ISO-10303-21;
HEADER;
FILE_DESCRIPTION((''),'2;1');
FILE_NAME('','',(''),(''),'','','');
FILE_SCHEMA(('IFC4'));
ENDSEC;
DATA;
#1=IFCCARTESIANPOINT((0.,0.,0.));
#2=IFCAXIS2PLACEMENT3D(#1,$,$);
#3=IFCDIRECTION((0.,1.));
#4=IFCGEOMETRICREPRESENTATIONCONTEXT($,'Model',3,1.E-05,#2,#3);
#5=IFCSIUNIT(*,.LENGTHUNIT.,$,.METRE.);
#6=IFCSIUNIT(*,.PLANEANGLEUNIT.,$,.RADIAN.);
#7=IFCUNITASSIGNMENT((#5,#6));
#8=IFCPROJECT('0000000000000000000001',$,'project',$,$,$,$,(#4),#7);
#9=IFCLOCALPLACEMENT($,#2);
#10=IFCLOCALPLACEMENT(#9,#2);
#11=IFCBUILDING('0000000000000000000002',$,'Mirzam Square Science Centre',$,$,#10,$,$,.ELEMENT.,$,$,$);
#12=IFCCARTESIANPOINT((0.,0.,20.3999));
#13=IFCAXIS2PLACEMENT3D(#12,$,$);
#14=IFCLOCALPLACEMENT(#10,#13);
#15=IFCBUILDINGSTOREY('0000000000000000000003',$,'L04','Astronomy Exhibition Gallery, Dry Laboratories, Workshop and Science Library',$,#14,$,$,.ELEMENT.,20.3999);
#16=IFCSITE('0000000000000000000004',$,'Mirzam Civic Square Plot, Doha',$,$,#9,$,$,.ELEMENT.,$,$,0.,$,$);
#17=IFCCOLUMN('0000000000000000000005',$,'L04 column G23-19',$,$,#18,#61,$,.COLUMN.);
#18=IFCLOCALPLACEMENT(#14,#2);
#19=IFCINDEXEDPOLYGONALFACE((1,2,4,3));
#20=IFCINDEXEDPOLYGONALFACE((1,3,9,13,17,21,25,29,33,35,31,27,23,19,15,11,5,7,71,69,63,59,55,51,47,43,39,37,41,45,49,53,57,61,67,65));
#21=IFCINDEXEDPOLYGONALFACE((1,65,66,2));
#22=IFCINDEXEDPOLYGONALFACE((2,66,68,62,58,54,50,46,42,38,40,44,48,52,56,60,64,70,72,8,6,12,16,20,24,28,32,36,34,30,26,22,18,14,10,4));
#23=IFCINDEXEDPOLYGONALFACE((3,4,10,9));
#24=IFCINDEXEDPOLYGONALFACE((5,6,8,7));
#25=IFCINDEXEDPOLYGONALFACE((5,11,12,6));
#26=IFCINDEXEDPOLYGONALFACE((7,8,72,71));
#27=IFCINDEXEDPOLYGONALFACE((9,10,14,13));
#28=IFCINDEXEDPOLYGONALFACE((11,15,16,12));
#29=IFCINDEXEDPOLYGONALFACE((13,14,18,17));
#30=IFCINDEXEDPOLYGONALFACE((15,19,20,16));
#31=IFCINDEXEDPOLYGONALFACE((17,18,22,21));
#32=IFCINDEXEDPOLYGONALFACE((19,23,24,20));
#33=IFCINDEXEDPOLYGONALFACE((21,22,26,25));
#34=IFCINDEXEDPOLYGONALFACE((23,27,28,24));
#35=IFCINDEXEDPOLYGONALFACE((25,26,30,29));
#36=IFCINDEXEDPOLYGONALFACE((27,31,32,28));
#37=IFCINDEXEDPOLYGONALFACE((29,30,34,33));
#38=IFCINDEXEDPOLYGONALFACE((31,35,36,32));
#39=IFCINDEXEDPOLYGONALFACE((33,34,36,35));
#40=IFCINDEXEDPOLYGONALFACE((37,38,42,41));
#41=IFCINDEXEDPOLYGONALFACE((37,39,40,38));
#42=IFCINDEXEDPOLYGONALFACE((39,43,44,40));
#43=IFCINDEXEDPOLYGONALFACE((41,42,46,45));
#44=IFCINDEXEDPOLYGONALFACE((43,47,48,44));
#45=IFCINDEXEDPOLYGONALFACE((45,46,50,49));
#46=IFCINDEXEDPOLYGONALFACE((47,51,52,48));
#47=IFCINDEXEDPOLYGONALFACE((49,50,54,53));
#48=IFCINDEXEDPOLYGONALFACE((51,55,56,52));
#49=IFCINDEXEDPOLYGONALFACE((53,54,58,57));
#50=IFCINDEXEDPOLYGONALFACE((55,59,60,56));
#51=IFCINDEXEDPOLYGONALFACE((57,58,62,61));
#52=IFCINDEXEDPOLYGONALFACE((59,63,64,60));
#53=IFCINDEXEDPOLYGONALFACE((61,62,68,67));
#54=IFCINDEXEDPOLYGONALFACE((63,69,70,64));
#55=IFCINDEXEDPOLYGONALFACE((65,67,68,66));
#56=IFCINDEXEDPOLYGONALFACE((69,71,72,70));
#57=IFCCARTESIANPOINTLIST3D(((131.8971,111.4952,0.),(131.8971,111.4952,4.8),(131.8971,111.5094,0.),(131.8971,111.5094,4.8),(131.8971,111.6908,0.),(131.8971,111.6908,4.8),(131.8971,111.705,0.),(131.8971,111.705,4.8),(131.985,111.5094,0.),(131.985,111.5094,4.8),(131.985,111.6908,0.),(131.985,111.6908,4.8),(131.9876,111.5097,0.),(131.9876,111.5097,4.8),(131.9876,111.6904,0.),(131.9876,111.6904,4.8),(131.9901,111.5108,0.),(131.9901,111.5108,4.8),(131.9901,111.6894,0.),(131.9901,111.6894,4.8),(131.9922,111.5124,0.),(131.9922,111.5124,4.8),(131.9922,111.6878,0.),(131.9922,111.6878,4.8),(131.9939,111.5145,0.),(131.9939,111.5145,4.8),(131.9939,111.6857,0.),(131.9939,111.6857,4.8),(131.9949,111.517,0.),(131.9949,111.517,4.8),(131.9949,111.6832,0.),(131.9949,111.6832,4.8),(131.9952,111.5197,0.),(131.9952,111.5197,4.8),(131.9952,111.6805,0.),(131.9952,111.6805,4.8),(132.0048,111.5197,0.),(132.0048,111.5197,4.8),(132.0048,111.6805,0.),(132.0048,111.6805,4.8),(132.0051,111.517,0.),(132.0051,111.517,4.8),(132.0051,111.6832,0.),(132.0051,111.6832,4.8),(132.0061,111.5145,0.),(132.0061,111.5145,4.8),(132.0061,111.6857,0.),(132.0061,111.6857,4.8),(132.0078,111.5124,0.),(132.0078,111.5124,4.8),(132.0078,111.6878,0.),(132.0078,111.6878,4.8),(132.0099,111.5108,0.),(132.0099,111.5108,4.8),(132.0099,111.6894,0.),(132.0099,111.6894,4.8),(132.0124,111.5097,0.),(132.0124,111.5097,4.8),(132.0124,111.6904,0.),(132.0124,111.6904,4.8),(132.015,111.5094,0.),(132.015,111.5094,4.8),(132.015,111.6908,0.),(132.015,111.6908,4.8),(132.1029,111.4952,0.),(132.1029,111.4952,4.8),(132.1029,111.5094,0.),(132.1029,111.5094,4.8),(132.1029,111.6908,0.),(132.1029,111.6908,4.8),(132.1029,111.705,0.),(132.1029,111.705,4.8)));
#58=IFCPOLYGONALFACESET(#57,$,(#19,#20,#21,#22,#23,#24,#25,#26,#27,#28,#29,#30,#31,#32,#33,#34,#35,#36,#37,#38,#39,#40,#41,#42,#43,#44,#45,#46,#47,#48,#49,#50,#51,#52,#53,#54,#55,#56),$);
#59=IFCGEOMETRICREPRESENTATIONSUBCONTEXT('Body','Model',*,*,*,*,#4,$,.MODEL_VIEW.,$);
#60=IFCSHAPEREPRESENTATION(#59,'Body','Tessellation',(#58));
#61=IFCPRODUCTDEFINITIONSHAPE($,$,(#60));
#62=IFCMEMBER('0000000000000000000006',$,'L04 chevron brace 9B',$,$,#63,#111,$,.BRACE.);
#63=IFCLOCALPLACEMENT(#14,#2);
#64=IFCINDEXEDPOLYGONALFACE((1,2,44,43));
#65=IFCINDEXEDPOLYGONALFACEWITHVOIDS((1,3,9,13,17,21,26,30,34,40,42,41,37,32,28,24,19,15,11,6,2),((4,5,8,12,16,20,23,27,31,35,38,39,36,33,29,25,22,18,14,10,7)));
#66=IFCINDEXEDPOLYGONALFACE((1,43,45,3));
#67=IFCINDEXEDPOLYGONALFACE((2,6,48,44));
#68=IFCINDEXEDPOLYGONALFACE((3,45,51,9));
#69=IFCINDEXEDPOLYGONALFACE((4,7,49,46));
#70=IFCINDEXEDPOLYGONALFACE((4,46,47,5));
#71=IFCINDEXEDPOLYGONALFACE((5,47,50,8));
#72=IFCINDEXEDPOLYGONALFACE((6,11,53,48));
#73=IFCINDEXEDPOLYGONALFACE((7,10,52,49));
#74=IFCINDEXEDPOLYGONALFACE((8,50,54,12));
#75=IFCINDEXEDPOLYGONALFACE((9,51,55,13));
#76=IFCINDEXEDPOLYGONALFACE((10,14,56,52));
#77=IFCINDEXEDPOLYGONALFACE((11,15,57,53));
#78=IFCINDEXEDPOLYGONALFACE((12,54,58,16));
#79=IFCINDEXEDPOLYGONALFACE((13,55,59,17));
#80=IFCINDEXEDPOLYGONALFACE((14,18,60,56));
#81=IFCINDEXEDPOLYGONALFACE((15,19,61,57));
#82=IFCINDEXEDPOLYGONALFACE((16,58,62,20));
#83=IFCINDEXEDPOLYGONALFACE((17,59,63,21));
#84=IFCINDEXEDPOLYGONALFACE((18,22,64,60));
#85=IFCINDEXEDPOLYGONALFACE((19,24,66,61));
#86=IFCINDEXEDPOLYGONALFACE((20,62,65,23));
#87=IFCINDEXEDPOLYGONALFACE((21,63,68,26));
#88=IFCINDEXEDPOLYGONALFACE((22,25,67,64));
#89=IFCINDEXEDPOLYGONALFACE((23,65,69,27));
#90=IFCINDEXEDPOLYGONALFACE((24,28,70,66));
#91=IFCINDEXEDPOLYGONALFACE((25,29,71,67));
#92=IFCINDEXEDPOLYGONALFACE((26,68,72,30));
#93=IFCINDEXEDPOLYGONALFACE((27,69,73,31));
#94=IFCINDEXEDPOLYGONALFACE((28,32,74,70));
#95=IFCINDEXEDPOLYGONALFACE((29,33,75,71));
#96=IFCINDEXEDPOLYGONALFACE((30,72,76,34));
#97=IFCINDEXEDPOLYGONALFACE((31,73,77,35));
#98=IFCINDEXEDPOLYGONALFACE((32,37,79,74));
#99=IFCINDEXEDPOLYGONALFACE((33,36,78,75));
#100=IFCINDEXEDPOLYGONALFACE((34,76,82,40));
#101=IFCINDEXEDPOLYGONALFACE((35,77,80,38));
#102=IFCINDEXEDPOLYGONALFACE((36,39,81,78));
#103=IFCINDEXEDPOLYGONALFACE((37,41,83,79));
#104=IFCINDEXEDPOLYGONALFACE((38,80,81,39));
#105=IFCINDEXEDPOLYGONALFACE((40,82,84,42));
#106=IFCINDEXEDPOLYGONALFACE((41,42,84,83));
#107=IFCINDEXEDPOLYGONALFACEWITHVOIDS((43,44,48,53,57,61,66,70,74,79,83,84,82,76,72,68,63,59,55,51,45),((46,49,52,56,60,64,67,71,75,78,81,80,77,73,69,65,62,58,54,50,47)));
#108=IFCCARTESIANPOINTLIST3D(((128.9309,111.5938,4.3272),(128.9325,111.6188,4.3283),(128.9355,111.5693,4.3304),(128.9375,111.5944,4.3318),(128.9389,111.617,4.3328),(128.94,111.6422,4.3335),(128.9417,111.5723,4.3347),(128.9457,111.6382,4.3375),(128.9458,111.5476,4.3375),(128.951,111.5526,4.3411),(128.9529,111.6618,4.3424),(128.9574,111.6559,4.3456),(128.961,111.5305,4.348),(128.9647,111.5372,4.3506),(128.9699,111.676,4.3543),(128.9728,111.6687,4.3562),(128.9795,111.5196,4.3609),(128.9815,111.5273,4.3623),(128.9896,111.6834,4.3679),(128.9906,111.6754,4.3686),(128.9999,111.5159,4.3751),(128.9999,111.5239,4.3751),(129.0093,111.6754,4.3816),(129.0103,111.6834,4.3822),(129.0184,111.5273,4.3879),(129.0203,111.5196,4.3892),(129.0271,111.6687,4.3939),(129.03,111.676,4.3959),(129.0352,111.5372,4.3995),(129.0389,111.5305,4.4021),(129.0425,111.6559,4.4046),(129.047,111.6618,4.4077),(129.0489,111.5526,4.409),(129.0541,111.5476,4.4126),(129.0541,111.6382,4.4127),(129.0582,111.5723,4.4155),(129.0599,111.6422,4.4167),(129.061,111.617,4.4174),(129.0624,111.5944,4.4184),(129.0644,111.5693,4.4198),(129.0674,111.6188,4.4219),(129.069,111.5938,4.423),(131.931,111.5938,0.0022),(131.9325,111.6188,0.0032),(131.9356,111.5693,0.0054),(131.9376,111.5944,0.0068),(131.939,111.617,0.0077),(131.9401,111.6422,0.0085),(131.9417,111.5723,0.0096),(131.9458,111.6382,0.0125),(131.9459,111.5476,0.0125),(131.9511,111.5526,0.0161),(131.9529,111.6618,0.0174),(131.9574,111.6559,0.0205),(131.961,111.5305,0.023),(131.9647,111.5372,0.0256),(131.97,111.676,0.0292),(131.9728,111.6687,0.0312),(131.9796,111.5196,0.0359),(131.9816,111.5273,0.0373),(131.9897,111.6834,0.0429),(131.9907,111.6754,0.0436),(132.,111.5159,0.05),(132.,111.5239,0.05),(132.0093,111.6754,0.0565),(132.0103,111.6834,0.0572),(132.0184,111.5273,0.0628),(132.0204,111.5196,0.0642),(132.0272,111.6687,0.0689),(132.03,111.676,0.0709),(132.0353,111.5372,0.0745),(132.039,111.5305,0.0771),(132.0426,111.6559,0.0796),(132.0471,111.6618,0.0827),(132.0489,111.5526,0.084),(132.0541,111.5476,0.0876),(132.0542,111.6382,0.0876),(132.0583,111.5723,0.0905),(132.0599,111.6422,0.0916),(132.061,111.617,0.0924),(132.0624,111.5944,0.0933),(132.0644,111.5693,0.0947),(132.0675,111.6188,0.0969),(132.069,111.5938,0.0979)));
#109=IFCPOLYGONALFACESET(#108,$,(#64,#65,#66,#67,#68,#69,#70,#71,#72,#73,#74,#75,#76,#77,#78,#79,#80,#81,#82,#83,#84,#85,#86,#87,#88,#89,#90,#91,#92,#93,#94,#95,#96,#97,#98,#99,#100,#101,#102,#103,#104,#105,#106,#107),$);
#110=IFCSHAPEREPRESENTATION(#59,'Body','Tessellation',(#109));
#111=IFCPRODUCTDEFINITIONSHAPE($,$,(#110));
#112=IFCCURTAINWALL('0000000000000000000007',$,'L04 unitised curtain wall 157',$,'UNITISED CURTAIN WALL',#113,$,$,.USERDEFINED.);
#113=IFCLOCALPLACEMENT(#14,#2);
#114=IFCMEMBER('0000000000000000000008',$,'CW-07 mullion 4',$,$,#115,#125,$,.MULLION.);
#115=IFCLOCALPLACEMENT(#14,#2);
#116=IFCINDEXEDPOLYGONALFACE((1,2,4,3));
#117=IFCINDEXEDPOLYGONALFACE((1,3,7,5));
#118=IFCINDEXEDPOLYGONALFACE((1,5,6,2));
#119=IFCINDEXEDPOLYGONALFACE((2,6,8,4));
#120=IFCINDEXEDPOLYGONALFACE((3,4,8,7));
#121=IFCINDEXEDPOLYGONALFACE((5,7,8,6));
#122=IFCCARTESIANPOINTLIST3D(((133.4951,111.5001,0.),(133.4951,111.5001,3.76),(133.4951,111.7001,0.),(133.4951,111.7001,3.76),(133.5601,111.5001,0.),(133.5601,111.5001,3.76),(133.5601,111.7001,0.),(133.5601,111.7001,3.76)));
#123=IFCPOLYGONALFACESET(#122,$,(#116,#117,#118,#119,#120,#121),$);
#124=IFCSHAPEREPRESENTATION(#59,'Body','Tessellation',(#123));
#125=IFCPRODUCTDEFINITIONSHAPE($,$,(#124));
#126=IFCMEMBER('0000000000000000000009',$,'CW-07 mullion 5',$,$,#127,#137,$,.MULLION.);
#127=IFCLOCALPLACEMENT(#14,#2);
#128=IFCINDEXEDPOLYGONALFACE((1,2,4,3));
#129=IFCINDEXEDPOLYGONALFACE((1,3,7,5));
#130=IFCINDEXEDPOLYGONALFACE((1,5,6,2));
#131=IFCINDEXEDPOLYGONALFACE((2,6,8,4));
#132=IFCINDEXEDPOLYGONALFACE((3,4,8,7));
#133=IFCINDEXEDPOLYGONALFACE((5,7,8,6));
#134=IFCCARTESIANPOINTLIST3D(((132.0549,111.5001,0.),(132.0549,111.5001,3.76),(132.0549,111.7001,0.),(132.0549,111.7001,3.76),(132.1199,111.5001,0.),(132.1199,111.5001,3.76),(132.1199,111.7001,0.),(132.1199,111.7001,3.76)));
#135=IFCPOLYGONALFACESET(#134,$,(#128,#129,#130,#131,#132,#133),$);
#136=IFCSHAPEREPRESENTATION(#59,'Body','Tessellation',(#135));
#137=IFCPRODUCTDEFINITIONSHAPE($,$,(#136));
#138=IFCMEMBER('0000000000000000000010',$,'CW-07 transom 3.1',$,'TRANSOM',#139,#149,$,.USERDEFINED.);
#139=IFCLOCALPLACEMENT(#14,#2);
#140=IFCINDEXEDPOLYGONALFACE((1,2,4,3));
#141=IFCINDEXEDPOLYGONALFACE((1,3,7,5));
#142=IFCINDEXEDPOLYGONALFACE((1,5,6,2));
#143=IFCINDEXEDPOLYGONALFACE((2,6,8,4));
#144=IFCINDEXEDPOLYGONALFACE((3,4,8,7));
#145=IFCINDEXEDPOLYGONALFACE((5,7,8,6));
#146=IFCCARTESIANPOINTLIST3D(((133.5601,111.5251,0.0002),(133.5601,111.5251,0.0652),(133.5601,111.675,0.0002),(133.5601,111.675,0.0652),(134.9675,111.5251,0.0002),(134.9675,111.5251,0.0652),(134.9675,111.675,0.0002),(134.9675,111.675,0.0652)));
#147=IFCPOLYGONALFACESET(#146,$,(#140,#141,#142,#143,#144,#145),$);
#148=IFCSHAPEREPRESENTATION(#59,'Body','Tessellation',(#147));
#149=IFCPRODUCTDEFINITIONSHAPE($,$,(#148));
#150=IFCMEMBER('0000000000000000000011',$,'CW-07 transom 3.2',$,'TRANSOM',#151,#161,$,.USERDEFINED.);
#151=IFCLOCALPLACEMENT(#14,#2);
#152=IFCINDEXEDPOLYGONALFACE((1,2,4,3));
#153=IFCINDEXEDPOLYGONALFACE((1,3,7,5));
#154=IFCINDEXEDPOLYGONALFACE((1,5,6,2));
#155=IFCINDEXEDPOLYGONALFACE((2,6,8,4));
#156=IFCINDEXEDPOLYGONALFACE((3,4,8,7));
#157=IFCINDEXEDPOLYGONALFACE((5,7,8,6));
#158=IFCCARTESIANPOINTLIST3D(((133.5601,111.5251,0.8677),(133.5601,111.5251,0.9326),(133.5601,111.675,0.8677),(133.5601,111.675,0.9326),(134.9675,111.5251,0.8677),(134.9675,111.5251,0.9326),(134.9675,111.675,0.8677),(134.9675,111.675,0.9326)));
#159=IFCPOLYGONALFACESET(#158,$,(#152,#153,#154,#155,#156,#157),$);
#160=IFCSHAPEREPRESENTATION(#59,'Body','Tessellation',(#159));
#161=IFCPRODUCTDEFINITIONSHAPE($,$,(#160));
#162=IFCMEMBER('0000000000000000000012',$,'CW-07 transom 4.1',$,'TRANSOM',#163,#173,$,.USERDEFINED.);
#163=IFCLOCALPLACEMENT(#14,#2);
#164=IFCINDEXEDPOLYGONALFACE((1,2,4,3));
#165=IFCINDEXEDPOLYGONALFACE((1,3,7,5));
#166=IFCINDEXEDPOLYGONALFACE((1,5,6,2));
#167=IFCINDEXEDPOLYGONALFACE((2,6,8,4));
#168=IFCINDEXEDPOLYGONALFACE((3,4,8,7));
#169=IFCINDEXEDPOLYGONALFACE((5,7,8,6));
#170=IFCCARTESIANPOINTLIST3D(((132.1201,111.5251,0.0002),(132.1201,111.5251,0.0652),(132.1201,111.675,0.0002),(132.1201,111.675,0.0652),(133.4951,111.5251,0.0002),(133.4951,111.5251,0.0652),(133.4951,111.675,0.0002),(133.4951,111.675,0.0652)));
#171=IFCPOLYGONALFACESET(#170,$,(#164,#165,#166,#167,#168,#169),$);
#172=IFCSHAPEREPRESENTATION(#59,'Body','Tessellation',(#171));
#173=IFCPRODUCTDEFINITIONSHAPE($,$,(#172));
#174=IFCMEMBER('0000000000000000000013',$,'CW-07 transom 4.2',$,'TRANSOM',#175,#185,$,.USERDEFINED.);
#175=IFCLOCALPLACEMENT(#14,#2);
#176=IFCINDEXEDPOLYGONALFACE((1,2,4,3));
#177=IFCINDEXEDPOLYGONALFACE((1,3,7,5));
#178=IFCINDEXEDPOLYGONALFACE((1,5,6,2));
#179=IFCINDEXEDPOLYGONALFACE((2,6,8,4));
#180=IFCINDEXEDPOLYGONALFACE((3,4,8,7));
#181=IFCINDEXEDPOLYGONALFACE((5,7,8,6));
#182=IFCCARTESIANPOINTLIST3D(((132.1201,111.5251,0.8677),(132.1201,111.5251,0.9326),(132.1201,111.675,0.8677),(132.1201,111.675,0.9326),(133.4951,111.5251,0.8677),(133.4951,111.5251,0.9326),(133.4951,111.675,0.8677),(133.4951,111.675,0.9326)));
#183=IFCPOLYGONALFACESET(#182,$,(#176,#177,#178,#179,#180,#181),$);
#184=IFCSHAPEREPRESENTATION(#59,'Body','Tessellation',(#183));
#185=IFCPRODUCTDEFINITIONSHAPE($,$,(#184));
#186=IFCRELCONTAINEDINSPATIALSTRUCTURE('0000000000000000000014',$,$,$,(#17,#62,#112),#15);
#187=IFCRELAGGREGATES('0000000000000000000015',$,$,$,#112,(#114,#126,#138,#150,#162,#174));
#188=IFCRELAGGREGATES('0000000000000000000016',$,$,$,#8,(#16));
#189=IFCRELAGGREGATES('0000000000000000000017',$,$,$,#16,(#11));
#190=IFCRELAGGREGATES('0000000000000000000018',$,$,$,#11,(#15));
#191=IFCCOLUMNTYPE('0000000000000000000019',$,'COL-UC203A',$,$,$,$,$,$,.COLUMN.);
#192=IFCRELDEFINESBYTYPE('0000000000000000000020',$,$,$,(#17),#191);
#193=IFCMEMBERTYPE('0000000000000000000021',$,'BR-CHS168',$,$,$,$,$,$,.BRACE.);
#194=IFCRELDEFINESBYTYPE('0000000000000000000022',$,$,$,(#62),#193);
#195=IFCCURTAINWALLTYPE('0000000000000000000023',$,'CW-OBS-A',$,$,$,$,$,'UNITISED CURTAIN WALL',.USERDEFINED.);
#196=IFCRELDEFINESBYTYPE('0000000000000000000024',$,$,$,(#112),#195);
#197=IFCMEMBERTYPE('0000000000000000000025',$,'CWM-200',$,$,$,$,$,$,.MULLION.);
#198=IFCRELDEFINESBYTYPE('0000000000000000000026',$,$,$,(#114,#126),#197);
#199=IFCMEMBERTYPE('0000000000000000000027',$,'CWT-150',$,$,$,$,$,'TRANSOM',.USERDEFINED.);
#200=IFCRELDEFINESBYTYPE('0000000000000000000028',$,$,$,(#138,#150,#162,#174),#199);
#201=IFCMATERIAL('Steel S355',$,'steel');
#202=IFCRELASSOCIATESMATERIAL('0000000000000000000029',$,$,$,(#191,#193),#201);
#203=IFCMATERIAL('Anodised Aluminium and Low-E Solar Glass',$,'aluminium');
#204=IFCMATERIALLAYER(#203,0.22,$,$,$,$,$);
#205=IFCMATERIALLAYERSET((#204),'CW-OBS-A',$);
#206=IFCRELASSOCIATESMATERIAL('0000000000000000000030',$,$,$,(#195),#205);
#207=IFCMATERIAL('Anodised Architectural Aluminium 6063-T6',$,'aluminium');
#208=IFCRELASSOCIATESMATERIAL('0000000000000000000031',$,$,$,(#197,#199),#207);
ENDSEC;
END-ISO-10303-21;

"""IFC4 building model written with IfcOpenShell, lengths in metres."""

from ifc_helpers import new_model, si_unit, direction, frame, origin, origin_2d, place, context, subcontext, project, spatial, rectangle, hollow_circle, i_section, extrude, material, layer, layer_set, material_profile, profile_set, type_object, element, aggregate, save


model = new_model("IFC4")

# Units and contexts
model_context = context("Model", 3, precision=1e-05, world=origin(), true_north=direction((0.0, 1.0)))
body_context = subcontext(model_context, "Body", "Model", "MODEL_VIEW")
ifc_project = project(units=[si_unit("LENGTHUNIT", "METRE"), si_unit("PLANEANGLEUNIT", "RADIAN")], contexts=[model_context])

# Site, building, storey
site_placement = place(None, origin())
site = spatial("IfcSite", under=ifc_project, at=site_placement, Name="Mirzam Civic Square Plot, Doha", CompositionType="ELEMENT", RefElevation=0.0)
building_placement = place(site_placement, origin())
building = spatial("IfcBuilding", under=site, at=building_placement, Name="Mirzam Square Science Centre", CompositionType="ELEMENT")
storey_placement = place(building_placement, frame((0.0, 0.0, 20.3999)))
storey = spatial("IfcBuildingStorey", under=building, at=storey_placement, Name="L04", Description="Astronomy Exhibition Gallery, Dry Laboratories, Workshop and Science Library", CompositionType="ELEMENT", Elevation=20.3999)

# Column
ifc_material_1 = material(Name="Steel S355", Category="steel")
ifc_material_profile_1 = material_profile(ifc_material_1, i_section(OverallWidth=0.2058, OverallDepth=0.2097, WebThickness=0.0095, FlangeThickness=0.0142, FilletRadius=0.0103, at=origin_2d()), Name="203x203x60UC")
ifc_profile_set_1 = profile_set([ifc_material_profile_1], Name="Steel S355")
column_type = type_object("IfcColumnType", Name="COL-UC203A", PredefinedType="COLUMN", material=ifc_profile_set_1)
column_placement = place(storey_placement, frame((132.0, 111.6001, 0.0), z_axis=(0.0, 0.0, 1.0), x_axis=(1.0, 0.0, 0.0)))
element("IfcColumn", 1, at=column_placement, inside=storey, type_object=column_type, Name="L04 column G23-19", PredefinedType="COLUMN", context=body_context, shape_type="SweptSolid", body=[
    extrude(i_section(OverallWidth=0.2058, OverallDepth=0.2097, WebThickness=0.0095, FlangeThickness=0.0142, FilletRadius=0.0103, at=origin_2d()), origin(), (0.0, 0.0, 1.0), 4.8),
])

# Member
ifc_material_profile_2 = material_profile(ifc_material_1, hollow_circle(Radius=0.0842, WallThickness=0.0081, at=origin_2d()), Name="168.3x8.0CHS")
ifc_profile_set_2 = profile_set([ifc_material_profile_2], Name="Steel S355")
member_type_1 = type_object("IfcMemberType", Name="BR-CHS168", PredefinedType="BRACE", material=ifc_profile_set_2)
member_1_placement = place(storey_placement, frame((132.0, 111.6001, 0.05), z_axis=(-0.569955, 0.0, 0.821676), x_axis=(0.0, -1.0, 0.0)))
element("IfcMember", 2, at=member_1_placement, inside=storey, type_object=member_type_1, Name="L04 chevron brace 9B", PredefinedType="BRACE", context=body_context, shape_type="SweptSolid", body=[
    extrude(hollow_circle(Radius=0.0842, WallThickness=0.0081, at=origin_2d()), origin(), (0.0, 0.0, 1.0), 5.2637),
])

# Curtain wall, members
ifc_material_2 = material(Name="Anodised Aluminium and Low-E Solar Glass", Category="aluminium")
ifc_layer_1 = layer(ifc_material_2, 0.22)
ifc_layer_set_1 = layer_set([ifc_layer_1], Name="CW-OBS-A")
curtain_wall_type = type_object("IfcCurtainWallType", Name="CW-OBS-A", ElementType="UNITISED CURTAIN WALL", PredefinedType="USERDEFINED", material=ifc_layer_set_1)
curtain_wall_placement = place(storey_placement, origin())
curtain_wall = element("IfcCurtainWall", 3, at=curtain_wall_placement, inside=storey, type_object=curtain_wall_type, Name="L04 unitised curtain wall 157", ObjectType="UNITISED CURTAIN WALL", PredefinedType="USERDEFINED")
ifc_material_3 = material(Name="Anodised Architectural Aluminium 6063-T6", Category="aluminium")
ifc_material_profile_3 = material_profile(ifc_material_3, rectangle(XDim=0.0649, YDim=0.2, at=origin_2d()), Name="ALU-MULL-200x65x5")
ifc_profile_set_3 = profile_set([ifc_material_profile_3], Name="Anodised Architectural Aluminium 6063-T6")
member_type_2 = type_object("IfcMemberType", Name="CWM-200", PredefinedType="MULLION", material=ifc_profile_set_3)
member_2_placement = place(storey_placement, frame((133.5276, 111.6001, 0.0), z_axis=(0.0, 0.0, 1.0), x_axis=(-1.0, 0.0, 0.0)))
member_2 = element("IfcMember", 4, at=member_2_placement, type_object=member_type_2, Name="CW-07 mullion 4", PredefinedType="MULLION", context=body_context, shape_type="SweptSolid", body=[
    extrude(rectangle(XDim=0.0649, YDim=0.2, at=origin_2d()), origin(), (0.0, 0.0, 1.0), 3.76),
])
member_3_placement = place(storey_placement, frame((132.0874, 111.6001, 0.0), z_axis=(0.0, 0.0, 1.0), x_axis=(-1.0, 0.0, 0.0)))
member_3 = element("IfcMember", 5, at=member_3_placement, type_object=member_type_2, Name="CW-07 mullion 5", PredefinedType="MULLION", context=body_context, shape_type="SweptSolid", body=[
    extrude(rectangle(XDim=0.0649, YDim=0.2, at=origin_2d()), origin(), (0.0, 0.0, 1.0), 3.76),
])
ifc_material_profile_4 = material_profile(ifc_material_3, rectangle(XDim=0.1499, YDim=0.0649, at=origin_2d()), Name="ALU-TRAN-150x65x4")
ifc_profile_set_4 = profile_set([ifc_material_profile_4], Name="Anodised Architectural Aluminium 6063-T6")
member_type_3 = type_object("IfcMemberType", Name="CWT-150", ElementType="TRANSOM", PredefinedType="USERDEFINED", material=ifc_profile_set_4)
member_4_placement = place(storey_placement, frame((134.9675, 111.6001, 0.0327), z_axis=(-1.0, 0.0, 0.0), x_axis=(0.0, -1.0, 0.0)))
member_4 = element("IfcMember", 6, at=member_4_placement, type_object=member_type_3, Name="CW-07 transom 3.1", ObjectType="TRANSOM", PredefinedType="USERDEFINED", context=body_context, shape_type="SweptSolid", body=[
    extrude(rectangle(XDim=0.1499, YDim=0.0649, at=origin_2d()), origin(), (0.0, 0.0, 1.0), 1.4075),
])
member_5_placement = place(storey_placement, frame((134.9675, 111.6001, 0.9001), z_axis=(-1.0, 0.0, 0.0), x_axis=(0.0, -1.0, 0.0)))
member_5 = element("IfcMember", 7, at=member_5_placement, type_object=member_type_3, Name="CW-07 transom 3.2", ObjectType="TRANSOM", PredefinedType="USERDEFINED", context=body_context, shape_type="SweptSolid", body=[
    extrude(rectangle(XDim=0.1499, YDim=0.0649, at=origin_2d()), origin(), (0.0, 0.0, 1.0), 1.4075),
])
member_6_placement = place(storey_placement, frame((133.4951, 111.6001, 0.0327), z_axis=(-1.0, 0.0, 0.0), x_axis=(0.0, -1.0, 0.0)))
member_6 = element("IfcMember", 8, at=member_6_placement, type_object=member_type_3, Name="CW-07 transom 4.1", ObjectType="TRANSOM", PredefinedType="USERDEFINED", context=body_context, shape_type="SweptSolid", body=[
    extrude(rectangle(XDim=0.1499, YDim=0.0649, at=origin_2d()), origin(), (0.0, 0.0, 1.0), 1.375),
])
member_7_placement = place(storey_placement, frame((133.4951, 111.6001, 0.9001), z_axis=(-1.0, 0.0, 0.0), x_axis=(0.0, -1.0, 0.0)))
member_7 = element("IfcMember", 9, at=member_7_placement, type_object=member_type_3, Name="CW-07 transom 4.2", ObjectType="TRANSOM", PredefinedType="USERDEFINED", context=body_context, shape_type="SweptSolid", body=[
    extrude(rectangle(XDim=0.1499, YDim=0.0649, at=origin_2d()), origin(), (0.0, 0.0, 1.0), 1.375),
])

aggregate(curtain_wall, [member_2, member_3, member_4, member_5, member_6, member_7])

save(model, "model.ifc")
